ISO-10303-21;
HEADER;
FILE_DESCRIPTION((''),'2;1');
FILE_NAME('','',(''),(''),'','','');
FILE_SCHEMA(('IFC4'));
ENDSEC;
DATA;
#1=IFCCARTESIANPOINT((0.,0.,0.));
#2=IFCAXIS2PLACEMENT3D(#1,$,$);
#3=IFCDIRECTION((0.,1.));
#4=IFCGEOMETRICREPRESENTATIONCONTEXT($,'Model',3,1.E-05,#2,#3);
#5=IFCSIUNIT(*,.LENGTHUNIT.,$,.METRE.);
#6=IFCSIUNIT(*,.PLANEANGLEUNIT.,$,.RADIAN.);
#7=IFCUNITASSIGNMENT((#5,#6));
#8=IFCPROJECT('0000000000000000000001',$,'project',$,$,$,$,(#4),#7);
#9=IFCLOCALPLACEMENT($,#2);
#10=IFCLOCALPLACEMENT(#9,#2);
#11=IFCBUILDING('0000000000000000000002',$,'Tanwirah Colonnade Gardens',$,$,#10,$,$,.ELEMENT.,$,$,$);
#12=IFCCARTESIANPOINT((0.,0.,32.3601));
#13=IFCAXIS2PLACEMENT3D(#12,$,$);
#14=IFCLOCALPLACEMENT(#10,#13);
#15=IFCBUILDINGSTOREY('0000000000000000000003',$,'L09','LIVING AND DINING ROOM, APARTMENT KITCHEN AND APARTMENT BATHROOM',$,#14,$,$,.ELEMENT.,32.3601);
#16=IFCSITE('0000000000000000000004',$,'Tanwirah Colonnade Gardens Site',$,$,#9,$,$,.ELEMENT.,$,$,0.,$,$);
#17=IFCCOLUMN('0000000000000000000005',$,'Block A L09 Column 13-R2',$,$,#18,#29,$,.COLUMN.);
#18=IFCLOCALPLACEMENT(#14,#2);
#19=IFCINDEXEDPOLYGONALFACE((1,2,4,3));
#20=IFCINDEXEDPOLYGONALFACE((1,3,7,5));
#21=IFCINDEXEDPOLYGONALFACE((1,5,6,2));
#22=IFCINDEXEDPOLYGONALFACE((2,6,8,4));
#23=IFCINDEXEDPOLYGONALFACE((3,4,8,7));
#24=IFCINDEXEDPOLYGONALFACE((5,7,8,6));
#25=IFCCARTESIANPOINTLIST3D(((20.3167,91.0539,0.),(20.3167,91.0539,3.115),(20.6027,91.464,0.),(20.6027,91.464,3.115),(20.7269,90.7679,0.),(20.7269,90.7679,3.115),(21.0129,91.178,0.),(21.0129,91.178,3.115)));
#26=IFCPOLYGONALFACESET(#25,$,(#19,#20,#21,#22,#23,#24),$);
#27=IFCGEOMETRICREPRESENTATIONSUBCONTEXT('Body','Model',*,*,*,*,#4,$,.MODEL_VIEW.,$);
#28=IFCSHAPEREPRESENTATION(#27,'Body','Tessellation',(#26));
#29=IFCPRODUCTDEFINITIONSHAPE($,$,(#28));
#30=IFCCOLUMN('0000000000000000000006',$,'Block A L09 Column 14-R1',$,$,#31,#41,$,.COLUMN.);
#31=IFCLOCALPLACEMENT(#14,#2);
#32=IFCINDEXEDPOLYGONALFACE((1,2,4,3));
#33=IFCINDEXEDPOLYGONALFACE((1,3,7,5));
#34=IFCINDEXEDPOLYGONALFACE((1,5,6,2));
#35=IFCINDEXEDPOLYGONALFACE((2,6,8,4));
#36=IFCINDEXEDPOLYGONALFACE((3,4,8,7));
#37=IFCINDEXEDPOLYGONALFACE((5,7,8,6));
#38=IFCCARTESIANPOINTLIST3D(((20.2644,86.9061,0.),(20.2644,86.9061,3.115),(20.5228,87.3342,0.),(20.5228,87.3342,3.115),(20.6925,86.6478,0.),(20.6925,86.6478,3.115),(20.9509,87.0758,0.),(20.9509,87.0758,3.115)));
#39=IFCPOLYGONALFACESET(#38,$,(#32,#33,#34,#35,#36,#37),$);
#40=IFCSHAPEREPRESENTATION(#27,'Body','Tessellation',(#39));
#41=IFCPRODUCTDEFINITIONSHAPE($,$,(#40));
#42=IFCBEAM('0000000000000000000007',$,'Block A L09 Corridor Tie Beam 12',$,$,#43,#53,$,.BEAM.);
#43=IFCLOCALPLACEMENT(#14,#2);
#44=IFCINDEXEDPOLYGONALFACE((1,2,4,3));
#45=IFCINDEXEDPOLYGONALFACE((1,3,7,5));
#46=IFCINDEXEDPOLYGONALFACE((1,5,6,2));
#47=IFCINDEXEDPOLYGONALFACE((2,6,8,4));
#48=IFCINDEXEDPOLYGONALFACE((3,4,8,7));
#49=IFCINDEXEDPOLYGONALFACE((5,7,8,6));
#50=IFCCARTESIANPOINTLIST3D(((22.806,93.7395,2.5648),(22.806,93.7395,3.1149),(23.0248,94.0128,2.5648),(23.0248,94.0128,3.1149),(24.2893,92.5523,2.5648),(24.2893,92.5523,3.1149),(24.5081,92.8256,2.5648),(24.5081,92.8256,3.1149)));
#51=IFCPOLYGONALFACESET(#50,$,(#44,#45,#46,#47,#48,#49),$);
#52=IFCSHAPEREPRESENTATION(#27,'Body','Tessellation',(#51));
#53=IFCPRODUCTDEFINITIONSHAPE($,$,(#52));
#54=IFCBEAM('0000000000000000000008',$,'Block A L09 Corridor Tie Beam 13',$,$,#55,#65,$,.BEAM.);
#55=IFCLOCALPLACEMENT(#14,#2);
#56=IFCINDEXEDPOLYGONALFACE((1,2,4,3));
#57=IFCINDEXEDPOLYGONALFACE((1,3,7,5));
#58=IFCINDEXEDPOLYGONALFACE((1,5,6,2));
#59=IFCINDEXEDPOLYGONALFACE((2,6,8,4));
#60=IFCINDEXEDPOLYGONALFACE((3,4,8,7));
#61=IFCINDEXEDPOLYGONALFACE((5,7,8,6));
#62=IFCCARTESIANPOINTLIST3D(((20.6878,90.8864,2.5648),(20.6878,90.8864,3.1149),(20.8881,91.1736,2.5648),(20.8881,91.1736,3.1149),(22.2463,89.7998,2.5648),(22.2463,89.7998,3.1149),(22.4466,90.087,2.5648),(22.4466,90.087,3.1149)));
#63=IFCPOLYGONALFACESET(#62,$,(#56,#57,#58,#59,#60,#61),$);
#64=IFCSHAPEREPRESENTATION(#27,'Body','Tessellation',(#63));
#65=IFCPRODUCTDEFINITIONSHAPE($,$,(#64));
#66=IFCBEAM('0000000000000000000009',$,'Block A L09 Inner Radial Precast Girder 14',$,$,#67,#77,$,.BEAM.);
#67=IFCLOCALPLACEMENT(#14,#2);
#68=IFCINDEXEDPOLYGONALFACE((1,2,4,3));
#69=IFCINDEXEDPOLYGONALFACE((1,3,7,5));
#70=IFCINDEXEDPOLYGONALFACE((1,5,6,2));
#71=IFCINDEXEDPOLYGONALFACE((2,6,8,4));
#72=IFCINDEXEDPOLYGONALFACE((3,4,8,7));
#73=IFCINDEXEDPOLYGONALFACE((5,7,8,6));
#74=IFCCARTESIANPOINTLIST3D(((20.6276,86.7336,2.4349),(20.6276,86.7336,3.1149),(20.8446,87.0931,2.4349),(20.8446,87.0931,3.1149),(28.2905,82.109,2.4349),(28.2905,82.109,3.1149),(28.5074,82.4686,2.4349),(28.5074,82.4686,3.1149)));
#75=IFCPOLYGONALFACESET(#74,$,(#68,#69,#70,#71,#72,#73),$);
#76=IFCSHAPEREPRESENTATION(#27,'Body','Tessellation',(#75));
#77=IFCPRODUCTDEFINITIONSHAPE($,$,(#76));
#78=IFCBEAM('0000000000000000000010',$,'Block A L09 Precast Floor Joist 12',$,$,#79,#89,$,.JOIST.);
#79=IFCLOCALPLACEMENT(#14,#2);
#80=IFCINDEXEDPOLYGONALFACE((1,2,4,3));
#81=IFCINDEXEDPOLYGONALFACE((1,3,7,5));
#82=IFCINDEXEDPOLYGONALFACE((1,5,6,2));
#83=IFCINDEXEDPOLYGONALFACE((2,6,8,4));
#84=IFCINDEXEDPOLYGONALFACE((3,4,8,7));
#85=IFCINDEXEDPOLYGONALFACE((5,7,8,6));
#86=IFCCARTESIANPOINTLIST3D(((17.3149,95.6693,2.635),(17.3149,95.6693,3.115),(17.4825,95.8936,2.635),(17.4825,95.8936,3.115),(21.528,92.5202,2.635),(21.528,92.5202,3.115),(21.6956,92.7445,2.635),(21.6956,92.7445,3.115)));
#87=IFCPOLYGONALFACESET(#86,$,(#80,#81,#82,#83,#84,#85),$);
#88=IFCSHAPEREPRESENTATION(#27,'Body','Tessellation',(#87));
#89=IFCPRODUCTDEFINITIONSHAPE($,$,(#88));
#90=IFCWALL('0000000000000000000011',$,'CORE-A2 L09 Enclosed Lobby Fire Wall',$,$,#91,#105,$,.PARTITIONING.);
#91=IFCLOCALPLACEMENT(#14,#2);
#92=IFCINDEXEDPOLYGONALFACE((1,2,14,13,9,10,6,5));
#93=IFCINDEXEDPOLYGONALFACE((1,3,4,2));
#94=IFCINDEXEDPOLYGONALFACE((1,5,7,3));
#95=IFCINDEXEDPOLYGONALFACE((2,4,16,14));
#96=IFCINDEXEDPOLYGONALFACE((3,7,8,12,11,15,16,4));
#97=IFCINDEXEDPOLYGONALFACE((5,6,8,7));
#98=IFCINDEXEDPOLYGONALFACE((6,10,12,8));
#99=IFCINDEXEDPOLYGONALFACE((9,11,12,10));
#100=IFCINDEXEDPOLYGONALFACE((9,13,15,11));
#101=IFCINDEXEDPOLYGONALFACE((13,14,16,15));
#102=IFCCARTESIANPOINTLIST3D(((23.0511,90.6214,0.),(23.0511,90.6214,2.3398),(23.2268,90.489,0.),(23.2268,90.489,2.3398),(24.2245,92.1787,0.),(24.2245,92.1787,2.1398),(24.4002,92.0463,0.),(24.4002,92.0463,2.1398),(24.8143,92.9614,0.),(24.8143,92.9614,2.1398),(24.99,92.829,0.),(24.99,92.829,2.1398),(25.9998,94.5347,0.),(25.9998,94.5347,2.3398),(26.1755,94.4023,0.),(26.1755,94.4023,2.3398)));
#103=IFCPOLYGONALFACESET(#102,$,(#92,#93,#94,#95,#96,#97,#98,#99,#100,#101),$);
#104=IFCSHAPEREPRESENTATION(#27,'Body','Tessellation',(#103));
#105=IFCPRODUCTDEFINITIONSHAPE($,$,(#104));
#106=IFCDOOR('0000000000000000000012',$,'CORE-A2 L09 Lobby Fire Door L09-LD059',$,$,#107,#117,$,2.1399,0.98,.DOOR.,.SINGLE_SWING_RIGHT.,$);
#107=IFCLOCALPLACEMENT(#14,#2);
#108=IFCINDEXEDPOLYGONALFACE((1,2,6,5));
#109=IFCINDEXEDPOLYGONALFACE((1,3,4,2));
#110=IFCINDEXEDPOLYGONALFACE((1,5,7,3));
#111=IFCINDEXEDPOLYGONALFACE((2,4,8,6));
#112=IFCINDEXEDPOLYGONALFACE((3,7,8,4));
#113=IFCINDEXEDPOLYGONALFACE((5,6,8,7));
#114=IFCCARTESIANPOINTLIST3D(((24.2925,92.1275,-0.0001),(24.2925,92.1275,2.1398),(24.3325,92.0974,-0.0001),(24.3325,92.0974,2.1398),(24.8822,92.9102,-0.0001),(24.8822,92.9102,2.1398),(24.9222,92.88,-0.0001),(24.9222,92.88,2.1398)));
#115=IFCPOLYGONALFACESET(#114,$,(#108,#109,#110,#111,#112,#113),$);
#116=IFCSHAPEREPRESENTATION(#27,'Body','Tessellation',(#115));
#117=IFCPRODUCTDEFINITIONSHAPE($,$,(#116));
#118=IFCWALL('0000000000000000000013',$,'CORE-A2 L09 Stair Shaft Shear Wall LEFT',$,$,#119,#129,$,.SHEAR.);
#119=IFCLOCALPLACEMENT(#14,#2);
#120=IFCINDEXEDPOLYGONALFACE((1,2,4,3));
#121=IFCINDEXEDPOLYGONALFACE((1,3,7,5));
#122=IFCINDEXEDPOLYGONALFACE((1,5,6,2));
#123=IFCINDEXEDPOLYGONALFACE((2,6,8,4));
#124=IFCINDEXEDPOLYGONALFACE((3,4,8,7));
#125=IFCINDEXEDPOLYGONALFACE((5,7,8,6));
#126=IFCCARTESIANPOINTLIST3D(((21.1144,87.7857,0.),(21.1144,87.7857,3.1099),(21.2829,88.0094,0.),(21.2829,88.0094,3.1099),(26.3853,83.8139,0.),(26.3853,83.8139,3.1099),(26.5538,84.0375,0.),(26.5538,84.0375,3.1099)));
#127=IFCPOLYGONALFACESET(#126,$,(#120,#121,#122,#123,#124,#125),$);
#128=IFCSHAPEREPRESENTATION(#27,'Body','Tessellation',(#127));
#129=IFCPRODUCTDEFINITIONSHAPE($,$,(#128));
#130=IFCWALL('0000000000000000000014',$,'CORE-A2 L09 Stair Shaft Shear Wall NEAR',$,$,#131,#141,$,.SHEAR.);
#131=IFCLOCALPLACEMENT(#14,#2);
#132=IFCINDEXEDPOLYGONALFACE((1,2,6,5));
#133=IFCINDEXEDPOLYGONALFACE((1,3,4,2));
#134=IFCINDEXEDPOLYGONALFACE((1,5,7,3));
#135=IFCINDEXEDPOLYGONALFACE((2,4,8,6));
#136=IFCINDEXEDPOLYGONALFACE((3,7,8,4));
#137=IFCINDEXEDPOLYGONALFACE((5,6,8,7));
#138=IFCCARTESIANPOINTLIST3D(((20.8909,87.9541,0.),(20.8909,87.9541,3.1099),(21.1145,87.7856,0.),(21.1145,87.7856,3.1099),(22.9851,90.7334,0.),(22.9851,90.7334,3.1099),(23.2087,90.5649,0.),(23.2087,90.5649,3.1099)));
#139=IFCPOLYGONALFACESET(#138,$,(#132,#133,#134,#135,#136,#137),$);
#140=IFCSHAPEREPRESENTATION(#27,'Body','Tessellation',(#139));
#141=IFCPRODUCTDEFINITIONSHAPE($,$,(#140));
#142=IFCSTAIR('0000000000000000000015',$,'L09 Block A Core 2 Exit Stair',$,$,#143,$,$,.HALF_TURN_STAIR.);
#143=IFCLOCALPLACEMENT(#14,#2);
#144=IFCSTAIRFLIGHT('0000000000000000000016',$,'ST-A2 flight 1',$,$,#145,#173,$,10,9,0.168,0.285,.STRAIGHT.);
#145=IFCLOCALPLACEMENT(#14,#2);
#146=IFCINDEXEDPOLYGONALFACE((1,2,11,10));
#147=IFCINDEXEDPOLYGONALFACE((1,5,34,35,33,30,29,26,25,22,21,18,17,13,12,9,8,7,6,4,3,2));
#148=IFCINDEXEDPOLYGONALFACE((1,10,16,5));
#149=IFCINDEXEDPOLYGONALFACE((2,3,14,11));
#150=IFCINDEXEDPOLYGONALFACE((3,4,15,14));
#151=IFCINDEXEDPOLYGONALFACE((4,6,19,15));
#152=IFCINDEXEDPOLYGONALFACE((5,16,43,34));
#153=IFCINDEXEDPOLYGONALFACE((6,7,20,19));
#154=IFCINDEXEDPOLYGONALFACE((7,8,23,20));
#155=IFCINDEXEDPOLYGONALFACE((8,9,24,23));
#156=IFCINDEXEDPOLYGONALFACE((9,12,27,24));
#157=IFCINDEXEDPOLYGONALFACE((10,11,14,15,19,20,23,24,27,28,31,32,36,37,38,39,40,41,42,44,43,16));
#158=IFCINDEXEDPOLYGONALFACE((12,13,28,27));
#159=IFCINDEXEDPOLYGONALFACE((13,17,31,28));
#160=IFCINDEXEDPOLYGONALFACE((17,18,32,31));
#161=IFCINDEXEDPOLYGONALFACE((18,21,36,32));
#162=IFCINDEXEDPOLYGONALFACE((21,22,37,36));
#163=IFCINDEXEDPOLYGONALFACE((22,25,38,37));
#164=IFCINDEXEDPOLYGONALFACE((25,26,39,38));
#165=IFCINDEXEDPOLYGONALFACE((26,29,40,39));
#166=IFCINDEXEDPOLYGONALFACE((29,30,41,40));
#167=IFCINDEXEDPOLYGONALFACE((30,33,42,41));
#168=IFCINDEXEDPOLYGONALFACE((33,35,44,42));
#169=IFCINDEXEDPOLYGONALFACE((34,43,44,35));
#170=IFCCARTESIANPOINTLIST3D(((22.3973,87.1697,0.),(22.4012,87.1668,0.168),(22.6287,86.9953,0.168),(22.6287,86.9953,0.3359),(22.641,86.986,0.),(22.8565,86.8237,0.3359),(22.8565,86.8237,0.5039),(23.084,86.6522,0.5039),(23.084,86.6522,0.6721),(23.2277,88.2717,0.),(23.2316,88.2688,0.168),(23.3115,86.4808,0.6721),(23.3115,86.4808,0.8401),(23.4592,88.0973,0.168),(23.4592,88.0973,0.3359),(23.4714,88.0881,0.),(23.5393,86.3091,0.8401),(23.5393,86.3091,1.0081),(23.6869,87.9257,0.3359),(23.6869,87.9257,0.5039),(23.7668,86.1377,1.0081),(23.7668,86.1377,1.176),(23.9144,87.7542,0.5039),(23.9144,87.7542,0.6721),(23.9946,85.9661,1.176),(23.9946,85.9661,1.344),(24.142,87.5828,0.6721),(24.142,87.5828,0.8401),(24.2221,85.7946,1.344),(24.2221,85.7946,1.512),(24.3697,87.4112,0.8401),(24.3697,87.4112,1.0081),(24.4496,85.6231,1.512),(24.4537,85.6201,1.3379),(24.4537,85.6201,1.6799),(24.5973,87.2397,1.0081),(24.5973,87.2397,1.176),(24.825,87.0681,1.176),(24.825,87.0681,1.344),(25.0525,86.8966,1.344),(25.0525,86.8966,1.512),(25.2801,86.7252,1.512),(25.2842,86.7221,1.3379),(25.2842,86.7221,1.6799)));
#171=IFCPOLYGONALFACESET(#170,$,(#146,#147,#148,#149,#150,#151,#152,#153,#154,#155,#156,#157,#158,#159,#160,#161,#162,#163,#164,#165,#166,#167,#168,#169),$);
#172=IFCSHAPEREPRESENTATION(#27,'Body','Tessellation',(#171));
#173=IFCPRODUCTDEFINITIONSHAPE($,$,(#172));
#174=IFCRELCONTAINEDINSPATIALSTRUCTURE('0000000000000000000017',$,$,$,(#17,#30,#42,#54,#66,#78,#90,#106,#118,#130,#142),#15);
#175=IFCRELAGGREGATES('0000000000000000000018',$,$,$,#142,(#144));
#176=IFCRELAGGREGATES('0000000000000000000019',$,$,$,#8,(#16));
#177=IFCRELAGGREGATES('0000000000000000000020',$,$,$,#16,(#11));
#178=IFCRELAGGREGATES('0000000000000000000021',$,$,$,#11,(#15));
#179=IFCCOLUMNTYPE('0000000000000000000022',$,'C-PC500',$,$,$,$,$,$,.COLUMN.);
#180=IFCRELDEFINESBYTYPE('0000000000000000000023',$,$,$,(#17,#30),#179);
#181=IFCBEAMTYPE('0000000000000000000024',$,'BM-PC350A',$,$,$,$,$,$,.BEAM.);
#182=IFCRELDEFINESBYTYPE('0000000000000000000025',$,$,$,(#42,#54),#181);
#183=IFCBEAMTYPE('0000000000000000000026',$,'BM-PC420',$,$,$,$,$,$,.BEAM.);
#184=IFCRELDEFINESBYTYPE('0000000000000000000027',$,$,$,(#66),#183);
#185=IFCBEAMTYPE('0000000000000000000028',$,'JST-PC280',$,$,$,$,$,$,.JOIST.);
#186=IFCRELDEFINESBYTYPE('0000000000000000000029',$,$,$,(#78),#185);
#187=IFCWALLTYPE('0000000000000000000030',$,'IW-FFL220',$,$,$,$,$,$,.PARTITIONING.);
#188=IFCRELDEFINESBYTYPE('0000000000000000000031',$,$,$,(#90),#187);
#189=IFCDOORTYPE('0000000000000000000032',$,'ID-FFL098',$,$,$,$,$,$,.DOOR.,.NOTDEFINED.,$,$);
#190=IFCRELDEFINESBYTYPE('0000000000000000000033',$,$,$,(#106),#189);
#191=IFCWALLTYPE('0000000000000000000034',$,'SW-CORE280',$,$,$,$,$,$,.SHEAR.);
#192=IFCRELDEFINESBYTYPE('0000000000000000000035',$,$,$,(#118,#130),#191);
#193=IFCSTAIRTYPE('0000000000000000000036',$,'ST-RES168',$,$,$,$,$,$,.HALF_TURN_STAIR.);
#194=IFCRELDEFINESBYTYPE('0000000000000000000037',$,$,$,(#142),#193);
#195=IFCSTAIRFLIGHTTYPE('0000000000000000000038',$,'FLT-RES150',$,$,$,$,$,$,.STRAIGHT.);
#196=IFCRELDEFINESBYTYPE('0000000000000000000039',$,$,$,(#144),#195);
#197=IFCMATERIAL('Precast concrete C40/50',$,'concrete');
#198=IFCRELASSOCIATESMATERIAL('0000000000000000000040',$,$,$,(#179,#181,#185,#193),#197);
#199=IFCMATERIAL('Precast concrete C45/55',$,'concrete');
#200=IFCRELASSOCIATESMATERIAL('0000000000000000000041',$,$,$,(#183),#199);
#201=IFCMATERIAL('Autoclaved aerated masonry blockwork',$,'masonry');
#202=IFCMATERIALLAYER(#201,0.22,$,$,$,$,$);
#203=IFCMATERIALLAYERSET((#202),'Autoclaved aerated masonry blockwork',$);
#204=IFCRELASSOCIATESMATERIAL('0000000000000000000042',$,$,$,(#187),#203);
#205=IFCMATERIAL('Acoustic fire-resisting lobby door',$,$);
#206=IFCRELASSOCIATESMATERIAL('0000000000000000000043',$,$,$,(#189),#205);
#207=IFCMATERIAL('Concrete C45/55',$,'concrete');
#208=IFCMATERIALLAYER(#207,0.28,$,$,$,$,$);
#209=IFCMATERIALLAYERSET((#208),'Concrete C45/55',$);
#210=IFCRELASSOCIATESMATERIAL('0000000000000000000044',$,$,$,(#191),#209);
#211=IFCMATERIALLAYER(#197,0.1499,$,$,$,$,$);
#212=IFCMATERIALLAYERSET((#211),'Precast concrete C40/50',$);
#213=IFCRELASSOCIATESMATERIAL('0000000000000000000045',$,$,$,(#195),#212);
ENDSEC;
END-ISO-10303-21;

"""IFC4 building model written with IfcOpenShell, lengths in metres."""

from ifc_helpers import new_model, si_unit, direction, frame, frame_2d, origin, origin_2d, place, context, subcontext, project, spatial, polyline, rectangle, outline, extrude, material, layer, layer_set, material_profile, profile_set, type_object, element, fill, aggregate, save


model = new_model("IFC4")

# Units and contexts
model_context = context("Model", 3, precision=1e-05, world=origin(), true_north=direction((0.0, 1.0)))
body_context = subcontext(model_context, "Body", "Model", "MODEL_VIEW")
ifc_project = project(units=[si_unit("LENGTHUNIT", "METRE"), si_unit("PLANEANGLEUNIT", "RADIAN")], contexts=[model_context])

# Site, building, storey
site_placement = place(None, origin())
site = spatial("IfcSite", under=ifc_project, at=site_placement, Name="Tanwirah Colonnade Gardens Site", CompositionType="ELEMENT", RefElevation=0.0)
building_placement = place(site_placement, origin())
building = spatial("IfcBuilding", under=site, at=building_placement, Name="Tanwirah Colonnade Gardens", CompositionType="ELEMENT")
storey_placement = place(building_placement, frame((0.0, 0.0, 32.3601)))
storey = spatial("IfcBuildingStorey", under=building, at=storey_placement, Name="L09", Description="LIVING AND DINING ROOM, APARTMENT KITCHEN AND APARTMENT BATHROOM", CompositionType="ELEMENT", Elevation=32.3601)

# Columns
ifc_material_1 = material(Name="Precast concrete C40/50", Category="concrete")
ifc_material_profile_1 = material_profile(ifc_material_1, rectangle(XDim=0.5, YDim=0.5, at=origin_2d()), Name="PC-COL 500x500")
ifc_profile_set_1 = profile_set([ifc_material_profile_1], Name="Precast concrete C40/50")
column_type = type_object("IfcColumnType", Name="C-PC500", PredefinedType="COLUMN", material=ifc_profile_set_1)
for number, where, z_axis, x_axis, name in (
    (1, (20.6648, 91.116, 0.0), (0.0, 0.0, 1.0), (-0.820263, 0.571987, 0.0), "Block A L09 Column 13-R2"),
    (2, (20.6077, 86.991, 0.0), (0.0, 0.0, 1.0), (-0.856167, 0.516699, 0.0), "Block A L09 Column 14-R1"),
):
    element("IfcColumn", number, at=place(storey_placement, frame(where, z_axis=z_axis, x_axis=x_axis)), inside=storey, type_object=column_type, Name=name, PredefinedType="COLUMN", context=body_context, shape_type="SweptSolid", body=[
        extrude(rectangle(XDim=0.5, YDim=0.5, at=origin_2d()), origin(), (0.0, 0.0, 1.0), 3.115),
    ])

# Beams
ifc_material_profile_2 = material_profile(ifc_material_1, rectangle(XDim=0.3501, YDim=0.55, at=origin_2d()), Name="PC-BM 350x550")
ifc_profile_set_2 = profile_set([ifc_material_profile_2], Name="Precast concrete C40/50")
beam_type_1 = type_object("IfcBeamType", Name="BM-PC350A", PredefinedType="BEAM", material=ifc_profile_set_2)
for number, where, z_axis, x_axis, name in (
    (3, (24.3987, 92.689, 2.8398), (-0.780731, 0.624867, 0.0), (-0.624867, -0.780731, 0.0), "Block A L09 Corridor Tie Beam 12"),
    (4, (22.3464, 89.9434, 2.8398), (-0.820305, 0.571926, 0.0), (-0.571926, -0.820305, 0.0), "Block A L09 Corridor Tie Beam 13"),
):
    element("IfcBeam", number, at=place(storey_placement, frame(where, z_axis=z_axis, x_axis=x_axis)), inside=storey, type_object=beam_type_1, Name=name, PredefinedType="BEAM", context=body_context, shape_type="SweptSolid", body=[
        extrude(rectangle(XDim=0.3501, YDim=0.55, at=origin_2d()), origin(), (0.0, 0.0, 1.0), 1.8999),
    ])
ifc_material_2 = material(Name="Precast concrete C45/55", Category="concrete")
ifc_material_profile_3 = material_profile(ifc_material_2, rectangle(XDim=0.4199, YDim=0.6799, at=origin_2d()), Name="PC-BM 420x680")
ifc_profile_set_3 = profile_set([ifc_material_profile_3], Name="Precast concrete C45/55")
beam_type_2 = type_object("IfcBeamType", Name="BM-PC420", PredefinedType="BEAM", material=ifc_profile_set_3)
beam_1_placement = place(storey_placement, frame((20.7361, 86.9133, 2.7749), z_axis=(0.856169, -0.516696, 0.0), x_axis=(0.516696, 0.856169, 0.0)))
element("IfcBeam", 5, at=beam_1_placement, inside=storey, type_object=beam_type_2, Name="Block A L09 Inner Radial Precast Girder 14", PredefinedType="BEAM", context=body_context, shape_type="SweptSolid", body=[
    extrude(rectangle(XDim=0.4199, YDim=0.6799, at=origin_2d()), origin(), (0.0, 0.0, 1.0), 8.9502),
])
ifc_material_profile_4 = material_profile(ifc_material_1, rectangle(XDim=0.28, YDim=0.48, at=origin_2d()), Name="PC-JST 280x480")
ifc_profile_set_4 = profile_set([ifc_material_profile_4], Name="Precast concrete C40/50")
beam_type_3 = type_object("IfcBeamType", Name="JST-PC280", PredefinedType="JOIST", material=ifc_profile_set_4)
beam_2_placement = place(storey_placement, frame((21.6118, 92.6323, 2.875), z_axis=(-0.800974, 0.5987, 0.0), x_axis=(-0.5987, -0.800974, 0.0)))
element("IfcBeam", 6, at=beam_2_placement, inside=storey, type_object=beam_type_3, Name="Block A L09 Precast Floor Joist 12", PredefinedType="JOIST", context=body_context, shape_type="SweptSolid", body=[
    extrude(rectangle(XDim=0.28, YDim=0.48, at=origin_2d()), origin(), (0.0, 0.0, 1.0), 5.26),
])

# Wall, opening, door
ifc_material_3 = material(Name="Autoclaved aerated masonry blockwork", Category="masonry")
ifc_layer_1 = layer(ifc_material_3, 0.22)
ifc_layer_set_1 = layer_set([ifc_layer_1], Name="Autoclaved aerated masonry blockwork")
wall_type_1 = type_object("IfcWallType", Name="IW-FFL220", PredefinedType="PARTITIONING", material=ifc_layer_set_1)
wall_1_placement = place(storey_placement, frame((23.1389, 90.5552, 0.0), z_axis=(0.0, 0.0, 1.0), x_axis=(0.601792, 0.798653, 0.0)))
wall_1 = element("IfcWall", 7, at=wall_1_placement, inside=storey, type_object=wall_type_1, Name="CORE-A2 L09 Enclosed Lobby Fire Wall", PredefinedType="PARTITIONING", context=body_context, shape_type="SweptSolid", body=[
    extrude(rectangle(XDim=4.8999, YDim=0.22, at=frame_2d((2.45, 0.0))), origin(), (0.0, 0.0, 1.0), 2.3398),
])
opening_1_placement = place(wall_1_placement, frame((1.95, 0.0, 0.0)))
opening_1 = element("IfcOpeningElement", 8, at=opening_1_placement, cuts=wall_1, PredefinedType="OPENING", context=body_context, shape_type="SweptSolid", body=[
    extrude(rectangle(XDim=0.98, YDim=2.1399, at=frame_2d((0.49, 1.0698))), frame((0.0, 0.1199, 0.0), z_axis=(0.0, -1.0, 0.0), x_axis=(1.0, 0.0, 0.0)), (0.0, 0.0, 1.0), 0.24),
])
ifc_material_4 = material(Name="Acoustic fire-resisting lobby door")
door_type_1 = type_object("IfcDoorType", Name="ID-FFL098", OperationType="NOTDEFINED", PredefinedType="DOOR", material=ifc_material_4)
door_1_placement = place(opening_1_placement, origin())
door_1 = element("IfcDoor", 9, at=door_1_placement, inside=storey, type_object=door_type_1, Name="CORE-A2 L09 Lobby Fire Door L09-LD059", OperationType="SINGLE_SWING_RIGHT", OverallHeight=2.1399, OverallWidth=0.98, PredefinedType="DOOR", context=body_context, shape_type="SweptSolid", body=[
    extrude(rectangle(XDim=0.98, YDim=2.1399, at=frame_2d((0.49, 1.0698))), frame((0.0, 0.0249, 0.0), z_axis=(0.0, -1.0, 0.0), x_axis=(1.0, 0.0, 0.0)), (0.0, 0.0, 1.0), 0.05),
])
fill(opening_1, door_1)

# Walls
ifc_material_5 = material(Name="Concrete C45/55", Category="concrete")
ifc_layer_2 = layer(ifc_material_5, 0.28)
ifc_layer_set_2 = layer_set([ifc_layer_2], Name="Concrete C45/55")
wall_type_2 = type_object("IfcWallType", Name="SW-CORE280", PredefinedType="SHEAR", material=ifc_layer_set_2)
wall_2_placement = place(storey_placement, frame((21.1987, 87.8975, 0.0), z_axis=(0.0, 0.0, 1.0), x_axis=(0.79864, -0.60181, 0.0)))
element("IfcWall", 10, at=wall_2_placement, inside=storey, type_object=wall_type_2, Name="CORE-A2 L09 Stair Shaft Shear Wall LEFT", PredefinedType="SHEAR", context=body_context, shape_type="SweptSolid", body=[
    extrude(rectangle(XDim=6.5999, YDim=0.28, at=frame_2d((3.2998, 0.0))), origin(), (0.0, 0.0, 1.0), 3.1099),
])
wall_3_placement = place(storey_placement, frame((21.0027, 87.8699, 0.0), z_axis=(0.0, 0.0, 1.0), x_axis=(0.601794, 0.798651, 0.0)))
element("IfcWall", 11, at=wall_3_placement, inside=storey, type_object=wall_type_2, Name="CORE-A2 L09 Stair Shaft Shear Wall NEAR", PredefinedType="SHEAR", context=body_context, shape_type="SweptSolid", body=[
    extrude(rectangle(XDim=3.48, YDim=0.28, at=frame_2d((1.74, 0.0))), origin(), (0.0, 0.0, 1.0), 3.1099),
])

# Stair, stair flight
stair_type = type_object("IfcStairType", Name="ST-RES168", PredefinedType="HALF_TURN_STAIR", material=ifc_material_1)
stair_placement = place(storey_placement, origin())
stair = element("IfcStair", 12, at=stair_placement, inside=storey, type_object=stair_type, Name="L09 Block A Core 2 Exit Stair", PredefinedType="HALF_TURN_STAIR")
ifc_layer_3 = layer(ifc_material_1, 0.1499)
ifc_layer_set_3 = layer_set([ifc_layer_3], Name="Precast concrete C40/50")
stair_flight_type = type_object("IfcStairFlightType", Name="FLT-RES150", PredefinedType="STRAIGHT", material=ifc_layer_set_3)
stair_flight_placement = place(storey_placement, frame((22.8164, 87.7178, 0.0), z_axis=(0.0, 0.0, 1.0), x_axis=(0.798636, -0.601815, 0.0)))
stair_flight = element("IfcStairFlight", 13, at=stair_flight_placement, type_object=stair_flight_type, Name="ST-A2 flight 1", NumberOfRisers=10, NumberOfTreads=9, PredefinedType="STRAIGHT", RiserHeight=0.168, TreadLength=0.285, context=body_context, shape_type="SweptSolid", body=[
    extrude(outline(polyline([(-0.0049, 0.0), (0.0, 0.168), (0.2849, 0.168), (0.2849, 0.3359), (0.5701, 0.3359), (0.5701, 0.5039), (0.855, 0.5039), (0.855, 0.6721), (1.1399, 0.6721), (1.1399, 0.8401), (1.425, 0.8401), (1.425, 1.0081), (1.71, 1.0081), (1.71, 1.176), (1.9951, 1.176), (1.9951, 1.344), (2.28, 1.344), (2.28, 1.512), (2.5649, 1.512), (2.5701, 1.6799), (2.5701, 1.3379), (0.3003, 0.0), (-0.0049, 0.0)])), frame((0.0, 0.6899, 0.0), z_axis=(0.0, -1.0, 0.0), x_axis=(1.0, 0.0, 0.0)), (0.0, 0.0, 1.0), 1.3799),
])
aggregate(stair, [stair_flight])

save(model, "model.ifc")
